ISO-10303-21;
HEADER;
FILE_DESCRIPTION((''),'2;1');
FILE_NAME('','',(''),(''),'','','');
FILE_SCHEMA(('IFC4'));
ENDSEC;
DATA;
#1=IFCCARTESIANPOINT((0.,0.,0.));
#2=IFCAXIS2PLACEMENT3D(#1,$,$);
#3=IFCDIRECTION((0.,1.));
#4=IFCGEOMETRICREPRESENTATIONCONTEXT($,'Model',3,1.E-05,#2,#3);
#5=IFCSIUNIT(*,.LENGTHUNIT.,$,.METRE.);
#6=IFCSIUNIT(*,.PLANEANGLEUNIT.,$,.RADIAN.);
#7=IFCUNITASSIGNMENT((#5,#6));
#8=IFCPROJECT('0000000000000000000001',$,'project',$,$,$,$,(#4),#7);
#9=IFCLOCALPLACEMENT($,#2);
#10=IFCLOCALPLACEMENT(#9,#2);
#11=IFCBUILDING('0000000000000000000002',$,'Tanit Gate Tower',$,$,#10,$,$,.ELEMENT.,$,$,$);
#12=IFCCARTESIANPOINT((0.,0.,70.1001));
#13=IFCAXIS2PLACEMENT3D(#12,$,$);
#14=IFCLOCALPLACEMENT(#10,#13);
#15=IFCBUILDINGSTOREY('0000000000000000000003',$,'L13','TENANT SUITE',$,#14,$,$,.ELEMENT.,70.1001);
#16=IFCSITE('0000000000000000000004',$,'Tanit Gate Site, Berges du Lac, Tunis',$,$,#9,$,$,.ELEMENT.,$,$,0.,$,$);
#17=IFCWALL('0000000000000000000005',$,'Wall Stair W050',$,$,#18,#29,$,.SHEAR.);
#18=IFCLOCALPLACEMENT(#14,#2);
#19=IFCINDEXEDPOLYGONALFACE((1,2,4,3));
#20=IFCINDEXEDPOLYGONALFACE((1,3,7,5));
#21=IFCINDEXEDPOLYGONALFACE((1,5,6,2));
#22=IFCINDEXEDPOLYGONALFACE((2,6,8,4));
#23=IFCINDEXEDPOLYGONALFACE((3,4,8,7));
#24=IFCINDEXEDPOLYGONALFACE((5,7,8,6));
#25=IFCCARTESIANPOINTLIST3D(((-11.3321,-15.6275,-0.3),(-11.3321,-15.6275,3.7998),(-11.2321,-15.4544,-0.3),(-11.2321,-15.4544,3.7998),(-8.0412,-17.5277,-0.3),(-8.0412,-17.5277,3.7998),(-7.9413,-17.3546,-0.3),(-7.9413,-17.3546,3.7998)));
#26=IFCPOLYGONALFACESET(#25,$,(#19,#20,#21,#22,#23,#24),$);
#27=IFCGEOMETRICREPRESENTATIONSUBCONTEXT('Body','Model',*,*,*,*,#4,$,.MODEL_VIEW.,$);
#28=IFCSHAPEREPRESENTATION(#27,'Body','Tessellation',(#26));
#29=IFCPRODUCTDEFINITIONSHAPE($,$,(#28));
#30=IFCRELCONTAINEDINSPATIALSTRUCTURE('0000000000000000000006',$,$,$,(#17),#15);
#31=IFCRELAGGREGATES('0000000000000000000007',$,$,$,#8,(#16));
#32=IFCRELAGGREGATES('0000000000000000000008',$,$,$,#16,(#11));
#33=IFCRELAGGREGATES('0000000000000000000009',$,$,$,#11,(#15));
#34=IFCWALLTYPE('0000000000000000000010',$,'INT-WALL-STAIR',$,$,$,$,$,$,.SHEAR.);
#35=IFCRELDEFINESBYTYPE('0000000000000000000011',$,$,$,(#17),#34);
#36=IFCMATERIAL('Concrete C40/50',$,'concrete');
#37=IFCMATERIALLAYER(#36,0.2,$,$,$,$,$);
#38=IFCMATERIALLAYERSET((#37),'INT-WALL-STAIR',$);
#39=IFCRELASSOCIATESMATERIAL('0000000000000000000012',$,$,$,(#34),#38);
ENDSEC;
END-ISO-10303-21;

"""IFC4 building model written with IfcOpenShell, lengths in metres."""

from ifc_helpers import new_model, si_unit, direction, frame, frame_2d, origin, place, context, subcontext, project, spatial, rectangle, extrude, material, layer, layer_set, type_object, element, save


model = new_model("IFC4")

# Units and contexts
model_context = context("Model", 3, precision=1e-05, world=origin(), true_north=direction((0.0, 1.0)))
body_context = subcontext(model_context, "Body", "Model", "MODEL_VIEW")
ifc_project = project(units=[si_unit("LENGTHUNIT", "METRE"), si_unit("PLANEANGLEUNIT", "RADIAN")], contexts=[model_context])

# Site, building, storey
site_placement = place(None, origin())
site = spatial("IfcSite", under=ifc_project, at=site_placement, Name="Tanit Gate Site, Berges du Lac, Tunis", CompositionType="ELEMENT", RefElevation=0.0)
building_placement = place(site_placement, origin())
building = spatial("IfcBuilding", under=site, at=building_placement, Name="Tanit Gate Tower", CompositionType="ELEMENT")
storey_placement = place(building_placement, frame((0.0, 0.0, 70.1001)))
storey = spatial("IfcBuildingStorey", under=building, at=storey_placement, Name="L13", Description="TENANT SUITE", CompositionType="ELEMENT", Elevation=70.1001)

# Wall
ifc_material_1 = material(Name="Concrete C40/50", Category="concrete")
ifc_layer_1 = layer(ifc_material_1, 0.2)
ifc_layer_set_1 = layer_set([ifc_layer_1], Name="INT-WALL-STAIR")
wall_type_1 = type_object("IfcWallType", Name="INT-WALL-STAIR", PredefinedType="SHEAR", material=ifc_layer_set_1)
wall_1_placement = place(storey_placement, frame((-11.282, -15.541, -0.3), z_axis=(0.0, 0.0, 1.0), x_axis=(0.866, -0.500043, 0.0)))
element("IfcWall", 1, at=wall_1_placement, inside=storey, type_object=wall_type_1, Name="Wall Stair W050", PredefinedType="SHEAR", context=body_context, shape_type="SweptSolid", body=[
    extrude(rectangle(XDim=3.8, YDim=0.2, at=frame_2d((1.8999, 0.0))), origin(), (0.0, 0.0, 1.0), 4.0999),
])

save(model, "model.ifc")
